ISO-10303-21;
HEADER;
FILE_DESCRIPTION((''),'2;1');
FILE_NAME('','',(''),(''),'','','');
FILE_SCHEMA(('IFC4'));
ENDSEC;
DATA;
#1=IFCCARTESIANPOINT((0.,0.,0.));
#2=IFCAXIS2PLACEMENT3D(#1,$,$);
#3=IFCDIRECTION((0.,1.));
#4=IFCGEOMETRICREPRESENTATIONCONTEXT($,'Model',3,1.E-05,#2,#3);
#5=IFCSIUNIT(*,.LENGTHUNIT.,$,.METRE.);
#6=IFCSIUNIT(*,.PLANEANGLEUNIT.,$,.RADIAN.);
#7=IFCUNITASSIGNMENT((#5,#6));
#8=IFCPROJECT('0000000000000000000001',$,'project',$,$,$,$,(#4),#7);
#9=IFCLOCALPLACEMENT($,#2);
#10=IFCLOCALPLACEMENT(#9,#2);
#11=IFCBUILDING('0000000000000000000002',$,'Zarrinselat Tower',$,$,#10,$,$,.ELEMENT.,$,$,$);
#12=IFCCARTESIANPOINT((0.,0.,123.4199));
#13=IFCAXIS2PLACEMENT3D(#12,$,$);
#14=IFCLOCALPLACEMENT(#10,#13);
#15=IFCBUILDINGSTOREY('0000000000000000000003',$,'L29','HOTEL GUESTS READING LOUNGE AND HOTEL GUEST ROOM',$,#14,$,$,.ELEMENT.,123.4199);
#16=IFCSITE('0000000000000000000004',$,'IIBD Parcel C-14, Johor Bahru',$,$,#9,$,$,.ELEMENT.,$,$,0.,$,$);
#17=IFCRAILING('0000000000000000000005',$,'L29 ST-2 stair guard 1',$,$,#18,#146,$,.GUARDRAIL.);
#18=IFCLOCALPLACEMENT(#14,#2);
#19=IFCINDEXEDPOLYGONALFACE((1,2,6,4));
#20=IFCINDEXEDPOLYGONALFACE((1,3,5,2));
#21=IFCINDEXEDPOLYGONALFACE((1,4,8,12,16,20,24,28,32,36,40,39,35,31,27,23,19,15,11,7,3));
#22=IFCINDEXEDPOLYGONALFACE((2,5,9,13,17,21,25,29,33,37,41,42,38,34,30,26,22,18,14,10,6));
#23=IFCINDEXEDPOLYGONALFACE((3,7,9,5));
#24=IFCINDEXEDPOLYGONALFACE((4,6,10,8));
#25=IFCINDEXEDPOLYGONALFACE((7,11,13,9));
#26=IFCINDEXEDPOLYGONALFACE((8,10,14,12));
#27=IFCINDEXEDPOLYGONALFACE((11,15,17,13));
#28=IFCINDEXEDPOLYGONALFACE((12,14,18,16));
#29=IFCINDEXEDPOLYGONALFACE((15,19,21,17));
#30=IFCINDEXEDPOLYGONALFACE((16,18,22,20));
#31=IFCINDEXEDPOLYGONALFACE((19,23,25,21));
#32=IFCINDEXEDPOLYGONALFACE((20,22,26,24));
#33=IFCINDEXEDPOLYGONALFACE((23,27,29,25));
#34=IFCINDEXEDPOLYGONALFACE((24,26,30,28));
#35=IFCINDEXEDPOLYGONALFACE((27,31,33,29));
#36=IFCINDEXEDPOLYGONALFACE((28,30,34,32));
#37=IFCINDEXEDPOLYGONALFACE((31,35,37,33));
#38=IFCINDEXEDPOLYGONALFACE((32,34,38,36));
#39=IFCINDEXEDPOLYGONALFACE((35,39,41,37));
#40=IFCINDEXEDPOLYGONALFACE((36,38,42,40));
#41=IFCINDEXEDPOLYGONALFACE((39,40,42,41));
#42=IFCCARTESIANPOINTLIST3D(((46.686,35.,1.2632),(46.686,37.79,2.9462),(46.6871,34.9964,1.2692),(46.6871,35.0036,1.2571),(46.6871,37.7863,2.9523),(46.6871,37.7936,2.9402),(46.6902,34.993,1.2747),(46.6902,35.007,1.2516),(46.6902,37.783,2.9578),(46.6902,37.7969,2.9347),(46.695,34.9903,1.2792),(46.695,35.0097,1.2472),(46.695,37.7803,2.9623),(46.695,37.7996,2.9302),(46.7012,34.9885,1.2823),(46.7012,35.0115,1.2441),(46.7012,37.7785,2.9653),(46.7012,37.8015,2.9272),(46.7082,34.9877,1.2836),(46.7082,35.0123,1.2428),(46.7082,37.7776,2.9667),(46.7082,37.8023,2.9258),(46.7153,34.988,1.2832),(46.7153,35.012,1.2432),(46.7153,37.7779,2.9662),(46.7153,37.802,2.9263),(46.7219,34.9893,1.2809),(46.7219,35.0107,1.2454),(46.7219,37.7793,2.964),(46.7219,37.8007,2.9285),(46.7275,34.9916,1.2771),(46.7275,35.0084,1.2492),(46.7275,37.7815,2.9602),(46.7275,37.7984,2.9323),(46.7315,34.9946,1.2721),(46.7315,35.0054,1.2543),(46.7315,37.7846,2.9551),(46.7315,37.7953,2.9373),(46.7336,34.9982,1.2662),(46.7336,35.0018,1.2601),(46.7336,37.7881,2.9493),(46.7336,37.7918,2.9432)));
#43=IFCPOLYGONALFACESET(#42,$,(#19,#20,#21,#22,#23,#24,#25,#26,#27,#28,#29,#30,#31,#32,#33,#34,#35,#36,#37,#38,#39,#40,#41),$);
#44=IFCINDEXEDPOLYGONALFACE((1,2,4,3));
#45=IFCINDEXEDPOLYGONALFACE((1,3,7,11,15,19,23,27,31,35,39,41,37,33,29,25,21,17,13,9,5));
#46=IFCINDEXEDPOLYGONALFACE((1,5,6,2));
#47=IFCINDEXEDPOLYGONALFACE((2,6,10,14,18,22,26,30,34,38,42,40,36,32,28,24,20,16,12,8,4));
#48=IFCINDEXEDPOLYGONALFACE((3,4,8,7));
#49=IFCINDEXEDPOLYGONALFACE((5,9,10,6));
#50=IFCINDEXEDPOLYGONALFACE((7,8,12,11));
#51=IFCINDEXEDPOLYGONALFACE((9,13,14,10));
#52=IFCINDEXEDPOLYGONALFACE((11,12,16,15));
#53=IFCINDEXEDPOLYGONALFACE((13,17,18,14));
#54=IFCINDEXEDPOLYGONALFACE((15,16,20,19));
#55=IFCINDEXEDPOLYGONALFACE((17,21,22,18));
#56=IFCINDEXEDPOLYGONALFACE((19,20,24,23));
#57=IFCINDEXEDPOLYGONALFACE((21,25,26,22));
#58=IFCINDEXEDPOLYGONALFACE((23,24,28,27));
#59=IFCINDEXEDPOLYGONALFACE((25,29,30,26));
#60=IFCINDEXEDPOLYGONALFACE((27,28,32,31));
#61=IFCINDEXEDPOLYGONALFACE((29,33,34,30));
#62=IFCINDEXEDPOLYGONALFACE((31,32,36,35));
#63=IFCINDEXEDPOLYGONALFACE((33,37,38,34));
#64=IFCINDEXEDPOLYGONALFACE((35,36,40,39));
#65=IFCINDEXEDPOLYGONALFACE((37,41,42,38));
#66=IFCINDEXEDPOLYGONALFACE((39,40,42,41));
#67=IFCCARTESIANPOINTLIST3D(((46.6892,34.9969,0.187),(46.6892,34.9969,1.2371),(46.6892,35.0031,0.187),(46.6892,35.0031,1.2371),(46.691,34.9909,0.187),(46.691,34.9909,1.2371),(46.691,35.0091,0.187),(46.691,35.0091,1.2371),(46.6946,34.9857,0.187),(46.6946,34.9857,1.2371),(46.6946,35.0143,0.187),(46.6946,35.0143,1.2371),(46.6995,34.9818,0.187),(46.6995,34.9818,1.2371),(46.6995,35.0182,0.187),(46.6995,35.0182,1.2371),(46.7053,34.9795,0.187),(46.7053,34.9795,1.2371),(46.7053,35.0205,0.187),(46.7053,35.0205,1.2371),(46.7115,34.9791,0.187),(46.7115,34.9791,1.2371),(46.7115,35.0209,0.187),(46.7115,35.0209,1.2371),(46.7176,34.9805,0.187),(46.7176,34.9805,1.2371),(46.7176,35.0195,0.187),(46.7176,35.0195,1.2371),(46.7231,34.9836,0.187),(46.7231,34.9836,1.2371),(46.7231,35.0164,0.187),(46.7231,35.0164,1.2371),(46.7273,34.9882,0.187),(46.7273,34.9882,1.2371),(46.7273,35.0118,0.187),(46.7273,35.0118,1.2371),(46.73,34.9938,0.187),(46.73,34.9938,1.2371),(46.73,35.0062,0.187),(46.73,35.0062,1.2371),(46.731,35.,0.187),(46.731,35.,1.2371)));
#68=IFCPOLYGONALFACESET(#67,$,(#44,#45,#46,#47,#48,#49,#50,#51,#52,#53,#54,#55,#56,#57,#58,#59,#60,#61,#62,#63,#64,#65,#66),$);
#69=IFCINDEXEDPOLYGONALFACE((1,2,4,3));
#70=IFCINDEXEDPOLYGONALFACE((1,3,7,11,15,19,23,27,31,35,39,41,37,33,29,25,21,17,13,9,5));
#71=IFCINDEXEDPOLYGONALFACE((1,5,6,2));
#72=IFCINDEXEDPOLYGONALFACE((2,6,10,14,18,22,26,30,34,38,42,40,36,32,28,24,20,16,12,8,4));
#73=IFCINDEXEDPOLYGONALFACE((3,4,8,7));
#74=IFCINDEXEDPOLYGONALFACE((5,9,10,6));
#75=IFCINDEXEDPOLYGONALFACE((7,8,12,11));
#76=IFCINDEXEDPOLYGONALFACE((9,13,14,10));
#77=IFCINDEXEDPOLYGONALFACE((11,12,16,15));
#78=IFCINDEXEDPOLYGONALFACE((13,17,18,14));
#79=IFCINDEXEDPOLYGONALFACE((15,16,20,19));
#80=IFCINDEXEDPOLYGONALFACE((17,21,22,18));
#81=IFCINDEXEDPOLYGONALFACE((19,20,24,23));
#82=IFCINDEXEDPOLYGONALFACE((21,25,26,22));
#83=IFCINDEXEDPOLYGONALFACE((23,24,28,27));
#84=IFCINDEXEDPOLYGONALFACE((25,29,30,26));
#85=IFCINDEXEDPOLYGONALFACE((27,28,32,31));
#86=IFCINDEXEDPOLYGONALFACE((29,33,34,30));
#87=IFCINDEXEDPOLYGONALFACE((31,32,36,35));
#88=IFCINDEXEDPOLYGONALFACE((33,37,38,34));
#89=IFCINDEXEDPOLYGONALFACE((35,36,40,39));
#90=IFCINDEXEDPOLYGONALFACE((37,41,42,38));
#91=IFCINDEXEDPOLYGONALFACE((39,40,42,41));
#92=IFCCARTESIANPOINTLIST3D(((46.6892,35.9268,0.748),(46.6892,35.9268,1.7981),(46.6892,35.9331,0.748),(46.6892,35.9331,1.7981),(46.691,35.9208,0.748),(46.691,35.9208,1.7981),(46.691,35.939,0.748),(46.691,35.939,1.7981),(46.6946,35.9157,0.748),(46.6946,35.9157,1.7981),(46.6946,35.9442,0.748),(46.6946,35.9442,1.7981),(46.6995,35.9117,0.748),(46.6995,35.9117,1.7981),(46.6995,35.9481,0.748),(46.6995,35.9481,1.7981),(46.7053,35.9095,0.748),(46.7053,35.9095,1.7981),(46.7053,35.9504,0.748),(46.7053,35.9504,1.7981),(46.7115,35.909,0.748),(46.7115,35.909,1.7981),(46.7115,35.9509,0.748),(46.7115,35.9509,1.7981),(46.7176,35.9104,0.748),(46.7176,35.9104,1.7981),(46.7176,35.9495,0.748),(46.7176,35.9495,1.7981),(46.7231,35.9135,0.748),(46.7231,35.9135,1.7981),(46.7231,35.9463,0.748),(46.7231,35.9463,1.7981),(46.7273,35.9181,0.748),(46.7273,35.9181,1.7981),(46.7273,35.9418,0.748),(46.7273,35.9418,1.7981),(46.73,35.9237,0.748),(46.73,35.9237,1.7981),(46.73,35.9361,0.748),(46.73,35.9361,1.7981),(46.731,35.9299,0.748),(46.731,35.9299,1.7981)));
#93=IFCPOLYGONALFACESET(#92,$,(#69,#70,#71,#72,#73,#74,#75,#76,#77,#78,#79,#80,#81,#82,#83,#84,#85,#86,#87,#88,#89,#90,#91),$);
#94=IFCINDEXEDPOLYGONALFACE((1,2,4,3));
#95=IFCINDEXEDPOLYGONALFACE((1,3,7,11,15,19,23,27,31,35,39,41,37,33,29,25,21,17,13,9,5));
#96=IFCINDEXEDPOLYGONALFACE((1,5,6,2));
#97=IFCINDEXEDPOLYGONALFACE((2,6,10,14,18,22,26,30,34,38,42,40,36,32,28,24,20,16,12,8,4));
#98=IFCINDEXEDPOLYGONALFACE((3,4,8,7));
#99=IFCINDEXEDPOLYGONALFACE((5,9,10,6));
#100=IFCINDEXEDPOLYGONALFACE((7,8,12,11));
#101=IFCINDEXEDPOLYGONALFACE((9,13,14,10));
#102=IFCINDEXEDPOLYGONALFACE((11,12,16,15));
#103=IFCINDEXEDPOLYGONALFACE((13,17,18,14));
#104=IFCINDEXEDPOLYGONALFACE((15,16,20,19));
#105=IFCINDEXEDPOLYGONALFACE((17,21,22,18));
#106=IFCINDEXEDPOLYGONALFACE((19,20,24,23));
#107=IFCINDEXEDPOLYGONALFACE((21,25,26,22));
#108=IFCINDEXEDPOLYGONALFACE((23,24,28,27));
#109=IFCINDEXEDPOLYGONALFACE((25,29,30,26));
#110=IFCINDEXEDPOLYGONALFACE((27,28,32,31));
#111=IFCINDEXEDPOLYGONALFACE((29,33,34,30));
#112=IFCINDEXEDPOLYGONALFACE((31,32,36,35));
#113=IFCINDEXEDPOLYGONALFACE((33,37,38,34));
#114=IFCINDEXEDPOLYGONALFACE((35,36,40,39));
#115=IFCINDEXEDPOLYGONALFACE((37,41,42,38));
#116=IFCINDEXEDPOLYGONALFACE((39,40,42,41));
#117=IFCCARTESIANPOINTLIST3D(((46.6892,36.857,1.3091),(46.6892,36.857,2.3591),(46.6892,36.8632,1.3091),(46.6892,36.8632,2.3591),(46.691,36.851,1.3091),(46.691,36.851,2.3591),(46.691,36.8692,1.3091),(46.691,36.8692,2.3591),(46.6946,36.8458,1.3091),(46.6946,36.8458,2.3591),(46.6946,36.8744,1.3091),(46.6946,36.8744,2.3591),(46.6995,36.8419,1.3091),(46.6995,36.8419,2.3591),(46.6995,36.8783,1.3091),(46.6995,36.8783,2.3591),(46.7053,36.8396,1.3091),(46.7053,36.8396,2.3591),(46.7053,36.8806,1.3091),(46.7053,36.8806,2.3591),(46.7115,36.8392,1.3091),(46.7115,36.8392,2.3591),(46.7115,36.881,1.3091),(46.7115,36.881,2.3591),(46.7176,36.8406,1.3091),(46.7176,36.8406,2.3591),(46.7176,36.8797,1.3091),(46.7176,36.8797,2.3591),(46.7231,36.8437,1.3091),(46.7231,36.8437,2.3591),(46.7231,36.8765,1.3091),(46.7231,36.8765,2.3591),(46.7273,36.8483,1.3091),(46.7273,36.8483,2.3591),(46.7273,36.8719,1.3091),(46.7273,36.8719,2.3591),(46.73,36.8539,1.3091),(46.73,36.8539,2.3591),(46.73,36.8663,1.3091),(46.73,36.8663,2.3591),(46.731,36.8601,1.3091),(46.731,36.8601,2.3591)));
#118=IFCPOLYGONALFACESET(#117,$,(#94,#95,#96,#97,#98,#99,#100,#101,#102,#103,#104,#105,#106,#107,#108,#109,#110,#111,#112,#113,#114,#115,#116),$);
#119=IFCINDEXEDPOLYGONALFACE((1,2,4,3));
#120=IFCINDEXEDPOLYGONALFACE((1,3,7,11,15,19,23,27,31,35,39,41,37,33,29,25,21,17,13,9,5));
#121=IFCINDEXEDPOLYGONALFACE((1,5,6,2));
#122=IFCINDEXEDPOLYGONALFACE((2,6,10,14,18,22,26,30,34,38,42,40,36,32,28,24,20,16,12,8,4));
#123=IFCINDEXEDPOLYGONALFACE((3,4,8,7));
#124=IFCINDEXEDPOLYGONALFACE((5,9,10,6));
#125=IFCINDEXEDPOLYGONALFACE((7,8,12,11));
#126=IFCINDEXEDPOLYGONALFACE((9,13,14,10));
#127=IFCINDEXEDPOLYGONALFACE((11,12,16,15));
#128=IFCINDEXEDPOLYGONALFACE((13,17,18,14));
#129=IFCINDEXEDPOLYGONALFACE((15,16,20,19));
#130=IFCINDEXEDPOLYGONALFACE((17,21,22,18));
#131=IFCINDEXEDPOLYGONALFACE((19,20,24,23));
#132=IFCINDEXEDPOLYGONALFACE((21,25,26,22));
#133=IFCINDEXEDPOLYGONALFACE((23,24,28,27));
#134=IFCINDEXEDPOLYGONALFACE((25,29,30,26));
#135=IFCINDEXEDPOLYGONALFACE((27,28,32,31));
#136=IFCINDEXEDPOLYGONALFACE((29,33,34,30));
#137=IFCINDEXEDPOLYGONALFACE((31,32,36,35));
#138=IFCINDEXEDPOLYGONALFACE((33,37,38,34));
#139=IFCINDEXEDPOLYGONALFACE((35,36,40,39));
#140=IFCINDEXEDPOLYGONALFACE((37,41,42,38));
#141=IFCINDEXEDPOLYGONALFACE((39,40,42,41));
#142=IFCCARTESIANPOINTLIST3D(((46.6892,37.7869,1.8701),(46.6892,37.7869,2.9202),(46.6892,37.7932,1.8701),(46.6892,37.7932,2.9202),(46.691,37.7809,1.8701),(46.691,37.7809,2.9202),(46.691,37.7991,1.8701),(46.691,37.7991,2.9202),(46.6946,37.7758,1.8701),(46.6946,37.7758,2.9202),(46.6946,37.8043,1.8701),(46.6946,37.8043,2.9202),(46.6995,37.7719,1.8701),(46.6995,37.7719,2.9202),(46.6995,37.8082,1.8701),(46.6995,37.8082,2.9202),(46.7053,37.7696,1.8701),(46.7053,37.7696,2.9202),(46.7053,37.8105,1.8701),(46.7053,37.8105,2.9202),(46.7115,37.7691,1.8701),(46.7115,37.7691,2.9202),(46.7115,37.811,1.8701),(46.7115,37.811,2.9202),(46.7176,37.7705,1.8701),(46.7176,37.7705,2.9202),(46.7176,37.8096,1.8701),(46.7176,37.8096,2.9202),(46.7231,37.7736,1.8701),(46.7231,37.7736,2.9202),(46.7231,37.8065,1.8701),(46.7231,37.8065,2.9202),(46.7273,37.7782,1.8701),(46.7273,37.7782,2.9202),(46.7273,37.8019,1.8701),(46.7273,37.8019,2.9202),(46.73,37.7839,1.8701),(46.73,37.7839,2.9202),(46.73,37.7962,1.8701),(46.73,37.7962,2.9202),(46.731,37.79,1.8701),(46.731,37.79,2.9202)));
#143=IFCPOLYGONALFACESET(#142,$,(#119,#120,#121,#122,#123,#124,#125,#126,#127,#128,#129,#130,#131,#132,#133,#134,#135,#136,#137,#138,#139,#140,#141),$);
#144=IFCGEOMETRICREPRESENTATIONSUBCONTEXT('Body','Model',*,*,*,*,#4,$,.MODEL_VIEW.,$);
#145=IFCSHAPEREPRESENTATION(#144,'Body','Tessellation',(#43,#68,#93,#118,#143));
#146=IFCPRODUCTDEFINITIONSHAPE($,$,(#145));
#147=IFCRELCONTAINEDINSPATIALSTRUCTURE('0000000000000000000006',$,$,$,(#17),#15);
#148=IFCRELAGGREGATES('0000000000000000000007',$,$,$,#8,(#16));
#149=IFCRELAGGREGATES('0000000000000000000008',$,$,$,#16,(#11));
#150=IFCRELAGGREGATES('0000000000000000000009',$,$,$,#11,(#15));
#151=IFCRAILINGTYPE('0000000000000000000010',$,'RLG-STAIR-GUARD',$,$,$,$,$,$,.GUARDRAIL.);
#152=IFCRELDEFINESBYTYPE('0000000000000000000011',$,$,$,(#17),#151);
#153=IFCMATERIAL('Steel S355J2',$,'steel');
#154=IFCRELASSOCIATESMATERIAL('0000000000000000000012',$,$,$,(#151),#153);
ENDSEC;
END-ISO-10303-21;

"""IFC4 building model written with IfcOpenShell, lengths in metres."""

from ifc_helpers import new_model, si_unit, direction, frame, origin, origin_2d, place, context, subcontext, project, spatial, circle, extrude, material, type_object, element, save


model = new_model("IFC4")

# Units and contexts
model_context = context("Model", 3, precision=1e-05, world=origin(), true_north=direction((0.0, 1.0)))
body_context = subcontext(model_context, "Body", "Model", "MODEL_VIEW")
ifc_project = project(units=[si_unit("LENGTHUNIT", "METRE"), si_unit("PLANEANGLEUNIT", "RADIAN")], contexts=[model_context])

# Site, building, storey
site_placement = place(None, origin())
site = spatial("IfcSite", under=ifc_project, at=site_placement, Name="IIBD Parcel C-14, Johor Bahru", CompositionType="ELEMENT", RefElevation=0.0)
building_placement = place(site_placement, origin())
building = spatial("IfcBuilding", under=site, at=building_placement, Name="Zarrinselat Tower", CompositionType="ELEMENT")
storey_placement = place(building_placement, frame((0.0, 0.0, 123.4199)))
storey = spatial("IfcBuildingStorey", under=building, at=storey_placement, Name="L29", Description="HOTEL GUESTS READING LOUNGE AND HOTEL GUEST ROOM", CompositionType="ELEMENT", Elevation=123.4199)

# Railing
ifc_material_1 = material(Name="Steel S355J2", Category="steel")
railing_type_1 = type_object("IfcRailingType", Name="RLG-STAIR-GUARD", PredefinedType="GUARDRAIL", material=ifc_material_1)
railing_1_placement = place(storey_placement, frame((46.71, 35.0, 0.187)))
element("IfcRailing", 1, at=railing_1_placement, inside=storey, type_object=railing_type_1, Name="L29 ST-2 stair guard 1", PredefinedType="GUARDRAIL", context=body_context, shape_type="SweptSolid", body=[
    extrude(circle(Radius=0.0239, at=origin_2d()), frame((0.0, 0.0, 1.0762), z_axis=(0.0, 0.856261, 0.516544), x_axis=(-1.0, 0.0, 0.0)), (0.0, 0.0, 1.0), 3.2583),
    extrude(circle(Radius=0.021, at=origin_2d()), origin(), (0.0, 0.0, 1.0), 1.05),
    extrude(circle(Radius=0.021, at=origin_2d()), frame((0.0, 0.9299, 0.561)), (0.0, 0.0, 1.0), 1.05),
    extrude(circle(Radius=0.021, at=origin_2d()), frame((0.0, 1.8601, 1.1221)), (0.0, 0.0, 1.0), 1.05),
    extrude(circle(Radius=0.021, at=origin_2d()), frame((0.0, 2.79, 1.6831)), (0.0, 0.0, 1.0), 1.05),
])

save(model, "model.ifc")
